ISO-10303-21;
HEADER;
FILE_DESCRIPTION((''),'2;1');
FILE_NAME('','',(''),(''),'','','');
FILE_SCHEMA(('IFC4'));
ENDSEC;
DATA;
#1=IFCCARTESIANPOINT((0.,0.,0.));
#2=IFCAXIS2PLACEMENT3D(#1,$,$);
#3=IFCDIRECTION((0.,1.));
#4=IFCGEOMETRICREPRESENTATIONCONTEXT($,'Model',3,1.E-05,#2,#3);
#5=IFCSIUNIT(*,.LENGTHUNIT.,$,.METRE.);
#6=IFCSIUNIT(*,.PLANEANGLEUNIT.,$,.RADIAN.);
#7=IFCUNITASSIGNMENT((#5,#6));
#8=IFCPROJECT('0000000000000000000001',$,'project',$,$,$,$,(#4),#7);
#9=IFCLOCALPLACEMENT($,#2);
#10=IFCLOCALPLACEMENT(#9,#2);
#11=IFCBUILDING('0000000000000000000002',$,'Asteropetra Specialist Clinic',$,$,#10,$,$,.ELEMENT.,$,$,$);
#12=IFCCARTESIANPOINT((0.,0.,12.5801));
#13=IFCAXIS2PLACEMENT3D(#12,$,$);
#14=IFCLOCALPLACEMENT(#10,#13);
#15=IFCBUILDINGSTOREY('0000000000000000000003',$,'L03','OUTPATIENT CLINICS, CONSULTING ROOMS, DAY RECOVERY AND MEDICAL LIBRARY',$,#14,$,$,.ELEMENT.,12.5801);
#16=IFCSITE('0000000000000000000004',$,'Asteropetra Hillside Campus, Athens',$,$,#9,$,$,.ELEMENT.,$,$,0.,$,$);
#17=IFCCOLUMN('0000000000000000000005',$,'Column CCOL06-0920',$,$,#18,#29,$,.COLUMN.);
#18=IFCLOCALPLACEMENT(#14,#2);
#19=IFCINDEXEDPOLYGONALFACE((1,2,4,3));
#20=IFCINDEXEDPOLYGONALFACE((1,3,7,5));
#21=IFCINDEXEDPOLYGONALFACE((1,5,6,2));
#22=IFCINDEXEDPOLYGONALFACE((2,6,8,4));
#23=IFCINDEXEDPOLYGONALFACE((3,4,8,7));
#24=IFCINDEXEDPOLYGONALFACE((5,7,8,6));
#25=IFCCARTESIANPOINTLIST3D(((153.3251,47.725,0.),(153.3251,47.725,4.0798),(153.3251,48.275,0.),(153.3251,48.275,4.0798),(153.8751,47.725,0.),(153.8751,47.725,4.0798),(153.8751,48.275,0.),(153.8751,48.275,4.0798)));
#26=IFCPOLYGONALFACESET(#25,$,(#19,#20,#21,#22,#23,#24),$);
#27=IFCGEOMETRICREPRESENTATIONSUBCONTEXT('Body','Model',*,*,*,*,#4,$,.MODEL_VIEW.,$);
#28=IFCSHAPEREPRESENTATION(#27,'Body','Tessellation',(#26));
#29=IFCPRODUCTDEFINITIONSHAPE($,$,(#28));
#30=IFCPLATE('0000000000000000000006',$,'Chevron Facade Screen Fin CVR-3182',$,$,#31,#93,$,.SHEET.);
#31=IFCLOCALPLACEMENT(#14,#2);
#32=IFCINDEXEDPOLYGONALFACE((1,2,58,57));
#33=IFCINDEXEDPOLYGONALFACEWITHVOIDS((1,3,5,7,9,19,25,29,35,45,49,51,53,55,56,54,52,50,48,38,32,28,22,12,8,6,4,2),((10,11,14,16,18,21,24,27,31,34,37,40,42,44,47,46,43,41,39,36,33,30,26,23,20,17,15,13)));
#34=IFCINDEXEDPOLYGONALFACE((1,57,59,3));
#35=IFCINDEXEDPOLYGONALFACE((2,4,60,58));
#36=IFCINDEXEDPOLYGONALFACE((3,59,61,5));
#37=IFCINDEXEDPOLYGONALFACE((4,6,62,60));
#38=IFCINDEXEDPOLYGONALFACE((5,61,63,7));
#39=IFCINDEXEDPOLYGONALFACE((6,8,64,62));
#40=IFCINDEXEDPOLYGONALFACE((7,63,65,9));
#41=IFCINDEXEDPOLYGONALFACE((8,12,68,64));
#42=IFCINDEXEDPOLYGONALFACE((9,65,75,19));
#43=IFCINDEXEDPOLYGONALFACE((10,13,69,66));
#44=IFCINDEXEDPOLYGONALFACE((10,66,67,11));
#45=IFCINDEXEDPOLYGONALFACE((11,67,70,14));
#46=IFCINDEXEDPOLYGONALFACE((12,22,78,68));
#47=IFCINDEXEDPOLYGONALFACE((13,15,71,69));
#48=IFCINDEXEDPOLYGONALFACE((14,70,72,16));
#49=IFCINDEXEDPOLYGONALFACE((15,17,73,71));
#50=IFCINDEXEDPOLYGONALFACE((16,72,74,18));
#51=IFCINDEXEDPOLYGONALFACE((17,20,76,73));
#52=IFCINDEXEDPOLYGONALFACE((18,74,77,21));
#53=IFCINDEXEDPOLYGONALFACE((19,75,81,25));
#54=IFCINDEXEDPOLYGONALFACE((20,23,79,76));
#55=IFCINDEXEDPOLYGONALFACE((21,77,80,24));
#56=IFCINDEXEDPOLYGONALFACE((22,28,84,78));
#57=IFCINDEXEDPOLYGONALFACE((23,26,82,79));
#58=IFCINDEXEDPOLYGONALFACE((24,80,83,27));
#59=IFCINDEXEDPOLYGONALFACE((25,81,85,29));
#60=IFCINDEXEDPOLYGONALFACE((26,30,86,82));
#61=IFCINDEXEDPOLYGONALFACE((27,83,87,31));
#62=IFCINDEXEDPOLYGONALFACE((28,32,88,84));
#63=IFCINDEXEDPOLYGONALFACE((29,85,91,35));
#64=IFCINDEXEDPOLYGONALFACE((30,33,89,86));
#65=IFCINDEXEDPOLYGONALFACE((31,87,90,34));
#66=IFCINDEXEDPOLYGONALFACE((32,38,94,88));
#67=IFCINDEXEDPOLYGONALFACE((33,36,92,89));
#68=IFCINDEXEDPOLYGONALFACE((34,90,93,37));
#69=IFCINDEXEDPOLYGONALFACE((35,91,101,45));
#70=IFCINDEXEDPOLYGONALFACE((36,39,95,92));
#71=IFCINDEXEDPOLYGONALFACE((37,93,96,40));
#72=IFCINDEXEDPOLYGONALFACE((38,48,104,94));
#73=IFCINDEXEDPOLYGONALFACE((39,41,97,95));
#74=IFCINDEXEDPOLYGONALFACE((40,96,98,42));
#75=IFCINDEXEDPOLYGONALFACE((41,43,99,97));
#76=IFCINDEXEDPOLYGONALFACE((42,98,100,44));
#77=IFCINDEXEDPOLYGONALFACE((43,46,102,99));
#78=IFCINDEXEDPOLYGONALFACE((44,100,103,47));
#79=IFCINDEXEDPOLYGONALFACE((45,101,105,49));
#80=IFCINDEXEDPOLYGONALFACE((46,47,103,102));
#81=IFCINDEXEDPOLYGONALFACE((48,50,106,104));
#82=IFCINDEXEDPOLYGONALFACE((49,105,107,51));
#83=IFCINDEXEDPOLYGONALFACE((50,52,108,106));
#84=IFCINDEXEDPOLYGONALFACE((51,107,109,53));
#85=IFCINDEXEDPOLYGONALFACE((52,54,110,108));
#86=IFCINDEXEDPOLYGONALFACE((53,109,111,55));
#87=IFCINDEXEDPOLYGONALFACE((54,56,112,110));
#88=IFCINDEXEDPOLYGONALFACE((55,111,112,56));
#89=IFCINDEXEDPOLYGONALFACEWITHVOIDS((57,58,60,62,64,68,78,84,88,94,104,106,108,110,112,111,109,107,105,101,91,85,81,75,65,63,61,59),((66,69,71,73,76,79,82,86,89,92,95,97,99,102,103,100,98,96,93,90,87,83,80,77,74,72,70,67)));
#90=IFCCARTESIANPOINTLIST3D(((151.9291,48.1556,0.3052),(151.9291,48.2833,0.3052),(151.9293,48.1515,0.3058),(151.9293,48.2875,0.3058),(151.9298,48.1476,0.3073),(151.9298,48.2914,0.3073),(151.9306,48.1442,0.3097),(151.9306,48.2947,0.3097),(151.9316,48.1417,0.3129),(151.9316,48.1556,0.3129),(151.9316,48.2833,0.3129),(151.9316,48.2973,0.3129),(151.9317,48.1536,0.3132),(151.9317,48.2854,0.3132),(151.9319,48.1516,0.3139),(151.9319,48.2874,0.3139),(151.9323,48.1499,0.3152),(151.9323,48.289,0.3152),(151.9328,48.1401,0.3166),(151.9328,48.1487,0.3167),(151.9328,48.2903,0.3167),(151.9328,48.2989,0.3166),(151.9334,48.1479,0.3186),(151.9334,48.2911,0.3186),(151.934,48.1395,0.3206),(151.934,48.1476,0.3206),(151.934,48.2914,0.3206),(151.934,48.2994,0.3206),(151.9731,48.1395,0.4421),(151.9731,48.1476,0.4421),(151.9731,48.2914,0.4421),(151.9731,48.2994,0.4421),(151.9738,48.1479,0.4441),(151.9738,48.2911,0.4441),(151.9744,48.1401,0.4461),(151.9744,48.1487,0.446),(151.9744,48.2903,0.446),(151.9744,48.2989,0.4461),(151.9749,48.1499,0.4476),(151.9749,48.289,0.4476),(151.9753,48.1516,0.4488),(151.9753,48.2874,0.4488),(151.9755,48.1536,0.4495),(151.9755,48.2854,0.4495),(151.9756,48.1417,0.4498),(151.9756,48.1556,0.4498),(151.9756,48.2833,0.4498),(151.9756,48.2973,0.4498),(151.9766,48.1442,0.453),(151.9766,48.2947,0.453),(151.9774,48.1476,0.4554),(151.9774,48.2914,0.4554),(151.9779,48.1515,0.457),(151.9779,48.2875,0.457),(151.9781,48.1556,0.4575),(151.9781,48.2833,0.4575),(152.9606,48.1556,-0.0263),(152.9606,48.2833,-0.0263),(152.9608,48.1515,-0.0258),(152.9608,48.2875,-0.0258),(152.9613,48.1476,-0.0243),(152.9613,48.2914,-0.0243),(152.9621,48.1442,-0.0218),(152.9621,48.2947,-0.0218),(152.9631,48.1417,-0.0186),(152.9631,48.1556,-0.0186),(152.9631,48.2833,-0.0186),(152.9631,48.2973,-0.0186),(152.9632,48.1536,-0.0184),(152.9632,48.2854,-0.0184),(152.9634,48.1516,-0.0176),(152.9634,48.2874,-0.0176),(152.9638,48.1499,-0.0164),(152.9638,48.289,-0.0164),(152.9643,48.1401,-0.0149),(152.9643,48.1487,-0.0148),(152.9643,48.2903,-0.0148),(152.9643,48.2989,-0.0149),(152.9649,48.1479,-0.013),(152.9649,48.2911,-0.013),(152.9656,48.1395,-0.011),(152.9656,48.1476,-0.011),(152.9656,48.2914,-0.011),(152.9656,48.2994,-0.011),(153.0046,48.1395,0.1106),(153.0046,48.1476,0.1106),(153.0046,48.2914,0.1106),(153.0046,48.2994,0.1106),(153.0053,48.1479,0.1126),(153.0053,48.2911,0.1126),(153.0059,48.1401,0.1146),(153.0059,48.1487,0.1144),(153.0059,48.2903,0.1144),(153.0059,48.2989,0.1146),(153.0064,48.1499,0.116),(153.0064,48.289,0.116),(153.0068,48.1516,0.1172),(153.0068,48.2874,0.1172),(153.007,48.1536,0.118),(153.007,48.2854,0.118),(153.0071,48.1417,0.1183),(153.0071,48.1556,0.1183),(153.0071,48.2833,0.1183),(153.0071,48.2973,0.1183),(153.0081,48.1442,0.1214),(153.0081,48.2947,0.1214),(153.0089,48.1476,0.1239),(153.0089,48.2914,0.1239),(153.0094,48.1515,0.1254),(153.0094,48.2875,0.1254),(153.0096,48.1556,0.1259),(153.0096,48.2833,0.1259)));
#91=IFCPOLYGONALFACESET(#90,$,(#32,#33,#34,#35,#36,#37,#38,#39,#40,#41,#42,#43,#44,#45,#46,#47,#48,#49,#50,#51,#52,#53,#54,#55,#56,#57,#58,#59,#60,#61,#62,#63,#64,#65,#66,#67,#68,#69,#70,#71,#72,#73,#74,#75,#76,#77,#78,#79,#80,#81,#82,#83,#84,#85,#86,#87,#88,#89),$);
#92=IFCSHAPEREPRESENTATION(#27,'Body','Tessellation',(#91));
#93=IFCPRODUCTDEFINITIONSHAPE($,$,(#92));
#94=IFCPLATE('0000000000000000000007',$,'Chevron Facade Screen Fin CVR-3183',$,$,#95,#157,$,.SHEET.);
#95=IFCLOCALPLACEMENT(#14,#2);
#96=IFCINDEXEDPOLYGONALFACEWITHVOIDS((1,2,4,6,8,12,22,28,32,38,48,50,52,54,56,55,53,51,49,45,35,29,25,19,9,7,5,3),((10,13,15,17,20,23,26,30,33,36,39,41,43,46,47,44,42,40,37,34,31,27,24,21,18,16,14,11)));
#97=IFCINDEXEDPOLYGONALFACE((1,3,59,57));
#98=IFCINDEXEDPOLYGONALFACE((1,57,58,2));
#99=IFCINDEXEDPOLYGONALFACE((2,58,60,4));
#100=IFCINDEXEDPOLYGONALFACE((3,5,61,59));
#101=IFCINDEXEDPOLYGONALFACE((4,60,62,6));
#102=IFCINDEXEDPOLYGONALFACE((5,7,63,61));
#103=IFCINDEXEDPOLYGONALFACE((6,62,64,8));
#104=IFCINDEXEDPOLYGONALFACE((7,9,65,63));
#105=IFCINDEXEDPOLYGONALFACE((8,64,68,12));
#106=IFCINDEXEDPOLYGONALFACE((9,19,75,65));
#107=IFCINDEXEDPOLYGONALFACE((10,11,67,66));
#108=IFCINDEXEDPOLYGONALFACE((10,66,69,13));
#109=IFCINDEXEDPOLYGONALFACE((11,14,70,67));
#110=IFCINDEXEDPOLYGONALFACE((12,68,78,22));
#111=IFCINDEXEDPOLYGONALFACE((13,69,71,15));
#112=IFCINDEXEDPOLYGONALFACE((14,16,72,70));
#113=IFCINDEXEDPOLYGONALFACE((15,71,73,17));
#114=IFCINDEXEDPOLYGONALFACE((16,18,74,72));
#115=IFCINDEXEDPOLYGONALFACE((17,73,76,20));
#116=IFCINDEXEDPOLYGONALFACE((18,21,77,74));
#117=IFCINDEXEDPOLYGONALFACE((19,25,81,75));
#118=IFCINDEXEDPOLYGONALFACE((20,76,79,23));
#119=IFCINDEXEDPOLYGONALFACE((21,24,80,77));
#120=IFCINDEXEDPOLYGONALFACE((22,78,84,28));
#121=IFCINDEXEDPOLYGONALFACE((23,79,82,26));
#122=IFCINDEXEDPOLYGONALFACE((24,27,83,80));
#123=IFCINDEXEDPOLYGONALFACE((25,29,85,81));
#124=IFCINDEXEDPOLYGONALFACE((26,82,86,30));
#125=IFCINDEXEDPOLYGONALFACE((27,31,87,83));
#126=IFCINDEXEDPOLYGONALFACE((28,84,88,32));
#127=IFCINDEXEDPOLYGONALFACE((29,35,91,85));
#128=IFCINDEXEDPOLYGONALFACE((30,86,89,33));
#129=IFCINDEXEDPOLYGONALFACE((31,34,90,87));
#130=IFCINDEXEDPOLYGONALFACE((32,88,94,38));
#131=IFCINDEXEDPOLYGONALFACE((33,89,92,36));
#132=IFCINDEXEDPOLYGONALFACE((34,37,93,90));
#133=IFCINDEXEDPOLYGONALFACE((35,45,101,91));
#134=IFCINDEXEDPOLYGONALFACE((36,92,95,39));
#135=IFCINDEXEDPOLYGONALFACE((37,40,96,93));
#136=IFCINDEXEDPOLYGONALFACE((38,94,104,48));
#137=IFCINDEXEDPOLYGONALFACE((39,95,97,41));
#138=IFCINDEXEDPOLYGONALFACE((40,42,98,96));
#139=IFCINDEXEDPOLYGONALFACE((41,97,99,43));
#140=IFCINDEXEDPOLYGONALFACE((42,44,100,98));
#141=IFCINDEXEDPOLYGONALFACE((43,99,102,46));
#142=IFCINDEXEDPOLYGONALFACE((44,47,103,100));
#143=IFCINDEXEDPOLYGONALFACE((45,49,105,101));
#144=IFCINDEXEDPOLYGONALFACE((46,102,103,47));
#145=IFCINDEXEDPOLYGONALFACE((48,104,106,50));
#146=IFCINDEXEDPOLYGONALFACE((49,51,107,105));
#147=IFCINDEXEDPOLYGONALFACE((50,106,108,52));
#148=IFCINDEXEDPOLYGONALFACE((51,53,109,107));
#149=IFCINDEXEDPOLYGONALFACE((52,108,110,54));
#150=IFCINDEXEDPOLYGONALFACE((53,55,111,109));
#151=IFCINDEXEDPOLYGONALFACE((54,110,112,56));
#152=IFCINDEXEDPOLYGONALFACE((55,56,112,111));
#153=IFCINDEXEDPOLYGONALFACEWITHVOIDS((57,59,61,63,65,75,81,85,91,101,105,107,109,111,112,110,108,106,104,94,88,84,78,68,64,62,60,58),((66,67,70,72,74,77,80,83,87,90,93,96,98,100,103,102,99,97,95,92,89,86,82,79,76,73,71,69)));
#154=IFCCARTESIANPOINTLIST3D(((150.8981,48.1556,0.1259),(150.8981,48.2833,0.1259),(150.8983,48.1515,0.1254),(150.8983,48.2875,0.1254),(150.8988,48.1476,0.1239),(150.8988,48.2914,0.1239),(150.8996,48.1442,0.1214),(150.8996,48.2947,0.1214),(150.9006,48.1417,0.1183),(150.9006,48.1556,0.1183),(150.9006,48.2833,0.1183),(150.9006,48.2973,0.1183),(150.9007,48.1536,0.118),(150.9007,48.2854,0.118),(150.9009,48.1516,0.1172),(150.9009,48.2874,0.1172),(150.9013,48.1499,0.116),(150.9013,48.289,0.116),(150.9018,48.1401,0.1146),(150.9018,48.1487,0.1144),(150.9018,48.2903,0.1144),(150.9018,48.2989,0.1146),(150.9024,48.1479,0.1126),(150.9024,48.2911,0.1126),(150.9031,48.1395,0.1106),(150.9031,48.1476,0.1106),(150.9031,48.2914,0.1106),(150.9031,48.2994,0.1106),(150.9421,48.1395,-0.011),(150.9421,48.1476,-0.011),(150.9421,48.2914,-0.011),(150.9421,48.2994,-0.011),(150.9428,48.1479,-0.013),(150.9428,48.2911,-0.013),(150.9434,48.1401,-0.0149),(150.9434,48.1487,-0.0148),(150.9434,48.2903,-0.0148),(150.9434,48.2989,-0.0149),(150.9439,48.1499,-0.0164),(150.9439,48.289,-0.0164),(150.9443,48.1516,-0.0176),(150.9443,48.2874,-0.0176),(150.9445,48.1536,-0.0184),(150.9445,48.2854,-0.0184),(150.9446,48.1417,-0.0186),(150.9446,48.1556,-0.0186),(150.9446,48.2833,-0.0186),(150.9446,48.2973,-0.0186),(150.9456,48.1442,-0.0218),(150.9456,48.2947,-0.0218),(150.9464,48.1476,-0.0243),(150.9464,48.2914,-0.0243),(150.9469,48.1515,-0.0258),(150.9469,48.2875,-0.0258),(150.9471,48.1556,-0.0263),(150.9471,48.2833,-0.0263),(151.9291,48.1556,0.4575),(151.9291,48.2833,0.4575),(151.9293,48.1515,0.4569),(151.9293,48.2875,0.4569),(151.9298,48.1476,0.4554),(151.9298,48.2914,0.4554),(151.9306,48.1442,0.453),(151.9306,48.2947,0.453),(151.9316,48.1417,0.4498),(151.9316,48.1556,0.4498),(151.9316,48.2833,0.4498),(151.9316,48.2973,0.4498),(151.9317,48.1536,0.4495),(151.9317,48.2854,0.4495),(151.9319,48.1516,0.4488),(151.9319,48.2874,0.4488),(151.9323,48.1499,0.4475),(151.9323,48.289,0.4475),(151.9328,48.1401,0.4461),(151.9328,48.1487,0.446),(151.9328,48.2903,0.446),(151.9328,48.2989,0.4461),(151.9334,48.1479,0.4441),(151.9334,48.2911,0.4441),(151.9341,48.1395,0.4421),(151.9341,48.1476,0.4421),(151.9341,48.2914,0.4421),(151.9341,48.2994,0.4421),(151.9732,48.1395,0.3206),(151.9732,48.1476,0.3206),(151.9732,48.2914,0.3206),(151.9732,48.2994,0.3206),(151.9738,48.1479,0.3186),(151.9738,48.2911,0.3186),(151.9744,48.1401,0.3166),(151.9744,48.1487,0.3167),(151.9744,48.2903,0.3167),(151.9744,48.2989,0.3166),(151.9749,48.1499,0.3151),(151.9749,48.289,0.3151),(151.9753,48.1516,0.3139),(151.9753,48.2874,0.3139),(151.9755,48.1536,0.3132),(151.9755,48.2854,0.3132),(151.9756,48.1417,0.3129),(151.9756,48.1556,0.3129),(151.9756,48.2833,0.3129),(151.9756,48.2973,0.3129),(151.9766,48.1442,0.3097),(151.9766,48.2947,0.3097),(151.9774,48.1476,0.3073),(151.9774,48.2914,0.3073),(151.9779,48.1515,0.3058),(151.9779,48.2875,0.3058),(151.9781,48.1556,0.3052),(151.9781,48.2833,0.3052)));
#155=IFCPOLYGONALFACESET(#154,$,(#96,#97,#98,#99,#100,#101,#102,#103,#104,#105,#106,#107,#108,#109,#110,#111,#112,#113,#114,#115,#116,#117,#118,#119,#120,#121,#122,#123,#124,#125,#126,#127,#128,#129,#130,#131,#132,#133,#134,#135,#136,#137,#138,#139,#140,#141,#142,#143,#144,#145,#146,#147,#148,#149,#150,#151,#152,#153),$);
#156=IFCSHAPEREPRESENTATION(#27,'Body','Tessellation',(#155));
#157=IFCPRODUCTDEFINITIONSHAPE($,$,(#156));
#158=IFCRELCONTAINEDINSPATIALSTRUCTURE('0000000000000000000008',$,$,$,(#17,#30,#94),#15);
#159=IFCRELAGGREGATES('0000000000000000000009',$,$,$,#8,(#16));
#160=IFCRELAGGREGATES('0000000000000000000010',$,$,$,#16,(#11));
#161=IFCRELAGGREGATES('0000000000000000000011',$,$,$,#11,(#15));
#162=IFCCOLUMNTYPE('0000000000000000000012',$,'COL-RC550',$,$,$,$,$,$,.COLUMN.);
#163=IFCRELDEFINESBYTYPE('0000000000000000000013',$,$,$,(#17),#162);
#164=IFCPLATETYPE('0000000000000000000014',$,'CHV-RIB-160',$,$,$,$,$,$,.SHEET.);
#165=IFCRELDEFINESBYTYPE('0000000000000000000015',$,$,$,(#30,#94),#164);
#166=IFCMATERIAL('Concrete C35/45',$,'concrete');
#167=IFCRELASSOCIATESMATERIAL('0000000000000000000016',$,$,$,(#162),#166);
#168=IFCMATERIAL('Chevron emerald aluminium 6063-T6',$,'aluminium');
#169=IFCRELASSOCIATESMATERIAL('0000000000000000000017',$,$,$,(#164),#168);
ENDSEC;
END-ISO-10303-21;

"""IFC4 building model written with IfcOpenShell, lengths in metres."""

from ifc_helpers import new_model, si_unit, direction, frame, origin, origin_2d, place, context, subcontext, project, spatial, rectangle, hollow_rectangle, extrude, material, material_profile, profile_set, type_object, element, save


model = new_model("IFC4")

# Units and contexts
model_context = context("Model", 3, precision=1e-05, world=origin(), true_north=direction((0.0, 1.0)))
body_context = subcontext(model_context, "Body", "Model", "MODEL_VIEW")
ifc_project = project(units=[si_unit("LENGTHUNIT", "METRE"), si_unit("PLANEANGLEUNIT", "RADIAN")], contexts=[model_context])

# Site, building, storey
site_placement = place(None, origin())
site = spatial("IfcSite", under=ifc_project, at=site_placement, Name="Asteropetra Hillside Campus, Athens", CompositionType="ELEMENT", RefElevation=0.0)
building_placement = place(site_placement, origin())
building = spatial("IfcBuilding", under=site, at=building_placement, Name="Asteropetra Specialist Clinic", CompositionType="ELEMENT")
storey_placement = place(building_placement, frame((0.0, 0.0, 12.5801)))
storey = spatial("IfcBuildingStorey", under=building, at=storey_placement, Name="L03", Description="OUTPATIENT CLINICS, CONSULTING ROOMS, DAY RECOVERY AND MEDICAL LIBRARY", CompositionType="ELEMENT", Elevation=12.5801)

# Column
ifc_material_1 = material(Name="Concrete C35/45", Category="concrete")
ifc_material_profile_1 = material_profile(ifc_material_1, rectangle(XDim=0.55, YDim=0.55, at=origin_2d()), Name="RC 550x550")
ifc_profile_set_1 = profile_set([ifc_material_profile_1], Name="Concrete C35/45")
column_type = type_object("IfcColumnType", Name="COL-RC550", PredefinedType="COLUMN", material=ifc_profile_set_1)
column_placement = place(storey_placement, frame((153.6001, 48.0, 0.0), z_axis=(0.0, 0.0, 1.0), x_axis=(1.0, 0.0, 0.0)))
element("IfcColumn", 1, at=column_placement, inside=storey, type_object=column_type, Name="Column CCOL06-0920", PredefinedType="COLUMN", context=body_context, shape_type="SweptSolid", body=[
    extrude(rectangle(XDim=0.55, YDim=0.55, at=origin_2d()), origin(), (0.0, 0.0, 1.0), 4.0798),
])

# Plates
ifc_material_2 = material(Name="Chevron emerald aluminium 6063-T6", Category="aluminium")
ifc_material_profile_2 = material_profile(ifc_material_2, hollow_rectangle(XDim=0.1599, YDim=0.1599, WallThickness=0.0081, InnerFilletRadius=0.0081, OuterFilletRadius=0.0161, at=origin_2d()), Name="SHS 160x160x8.0")
ifc_profile_set_2 = profile_set([ifc_material_profile_2], Name="Chevron emerald aluminium 6063-T6")
plate_type_1 = type_object("IfcPlateType", Name="CHV-RIB-160", PredefinedType="SHEET", material=ifc_profile_set_2)
plate_1_placement = place(storey_placement, frame((152.9851, 48.2195, 0.0498), z_axis=(-0.952031, 0.0, 0.306002), x_axis=(0.0, -1.0, 0.0)))
element("IfcPlate", 2, at=plate_1_placement, inside=storey, type_object=plate_type_1, Name="Chevron Facade Screen Fin CVR-3182", PredefinedType="SHEET", context=body_context, shape_type="SweptSolid", body=[
    extrude(hollow_rectangle(XDim=0.1599, YDim=0.1599, WallThickness=0.0081, InnerFilletRadius=0.0081, OuterFilletRadius=0.0161, at=origin_2d()), origin(), (0.0, 0.0, 1.0), 1.0835),
])
plate_2_placement = place(storey_placement, frame((151.9536, 48.2195, 0.3813), z_axis=(-0.951989, 0.0, -0.306133), x_axis=(0.0, -1.0, 0.0)))
element("IfcPlate", 3, at=plate_2_placement, inside=storey, type_object=plate_type_1, Name="Chevron Facade Screen Fin CVR-3183", PredefinedType="SHEET", context=body_context, shape_type="SweptSolid", body=[
    extrude(hollow_rectangle(XDim=0.1599, YDim=0.1599, WallThickness=0.0081, InnerFilletRadius=0.0081, OuterFilletRadius=0.0161, at=origin_2d()), origin(), (0.0, 0.0, 1.0), 1.083),
])

save(model, "model.ifc")
